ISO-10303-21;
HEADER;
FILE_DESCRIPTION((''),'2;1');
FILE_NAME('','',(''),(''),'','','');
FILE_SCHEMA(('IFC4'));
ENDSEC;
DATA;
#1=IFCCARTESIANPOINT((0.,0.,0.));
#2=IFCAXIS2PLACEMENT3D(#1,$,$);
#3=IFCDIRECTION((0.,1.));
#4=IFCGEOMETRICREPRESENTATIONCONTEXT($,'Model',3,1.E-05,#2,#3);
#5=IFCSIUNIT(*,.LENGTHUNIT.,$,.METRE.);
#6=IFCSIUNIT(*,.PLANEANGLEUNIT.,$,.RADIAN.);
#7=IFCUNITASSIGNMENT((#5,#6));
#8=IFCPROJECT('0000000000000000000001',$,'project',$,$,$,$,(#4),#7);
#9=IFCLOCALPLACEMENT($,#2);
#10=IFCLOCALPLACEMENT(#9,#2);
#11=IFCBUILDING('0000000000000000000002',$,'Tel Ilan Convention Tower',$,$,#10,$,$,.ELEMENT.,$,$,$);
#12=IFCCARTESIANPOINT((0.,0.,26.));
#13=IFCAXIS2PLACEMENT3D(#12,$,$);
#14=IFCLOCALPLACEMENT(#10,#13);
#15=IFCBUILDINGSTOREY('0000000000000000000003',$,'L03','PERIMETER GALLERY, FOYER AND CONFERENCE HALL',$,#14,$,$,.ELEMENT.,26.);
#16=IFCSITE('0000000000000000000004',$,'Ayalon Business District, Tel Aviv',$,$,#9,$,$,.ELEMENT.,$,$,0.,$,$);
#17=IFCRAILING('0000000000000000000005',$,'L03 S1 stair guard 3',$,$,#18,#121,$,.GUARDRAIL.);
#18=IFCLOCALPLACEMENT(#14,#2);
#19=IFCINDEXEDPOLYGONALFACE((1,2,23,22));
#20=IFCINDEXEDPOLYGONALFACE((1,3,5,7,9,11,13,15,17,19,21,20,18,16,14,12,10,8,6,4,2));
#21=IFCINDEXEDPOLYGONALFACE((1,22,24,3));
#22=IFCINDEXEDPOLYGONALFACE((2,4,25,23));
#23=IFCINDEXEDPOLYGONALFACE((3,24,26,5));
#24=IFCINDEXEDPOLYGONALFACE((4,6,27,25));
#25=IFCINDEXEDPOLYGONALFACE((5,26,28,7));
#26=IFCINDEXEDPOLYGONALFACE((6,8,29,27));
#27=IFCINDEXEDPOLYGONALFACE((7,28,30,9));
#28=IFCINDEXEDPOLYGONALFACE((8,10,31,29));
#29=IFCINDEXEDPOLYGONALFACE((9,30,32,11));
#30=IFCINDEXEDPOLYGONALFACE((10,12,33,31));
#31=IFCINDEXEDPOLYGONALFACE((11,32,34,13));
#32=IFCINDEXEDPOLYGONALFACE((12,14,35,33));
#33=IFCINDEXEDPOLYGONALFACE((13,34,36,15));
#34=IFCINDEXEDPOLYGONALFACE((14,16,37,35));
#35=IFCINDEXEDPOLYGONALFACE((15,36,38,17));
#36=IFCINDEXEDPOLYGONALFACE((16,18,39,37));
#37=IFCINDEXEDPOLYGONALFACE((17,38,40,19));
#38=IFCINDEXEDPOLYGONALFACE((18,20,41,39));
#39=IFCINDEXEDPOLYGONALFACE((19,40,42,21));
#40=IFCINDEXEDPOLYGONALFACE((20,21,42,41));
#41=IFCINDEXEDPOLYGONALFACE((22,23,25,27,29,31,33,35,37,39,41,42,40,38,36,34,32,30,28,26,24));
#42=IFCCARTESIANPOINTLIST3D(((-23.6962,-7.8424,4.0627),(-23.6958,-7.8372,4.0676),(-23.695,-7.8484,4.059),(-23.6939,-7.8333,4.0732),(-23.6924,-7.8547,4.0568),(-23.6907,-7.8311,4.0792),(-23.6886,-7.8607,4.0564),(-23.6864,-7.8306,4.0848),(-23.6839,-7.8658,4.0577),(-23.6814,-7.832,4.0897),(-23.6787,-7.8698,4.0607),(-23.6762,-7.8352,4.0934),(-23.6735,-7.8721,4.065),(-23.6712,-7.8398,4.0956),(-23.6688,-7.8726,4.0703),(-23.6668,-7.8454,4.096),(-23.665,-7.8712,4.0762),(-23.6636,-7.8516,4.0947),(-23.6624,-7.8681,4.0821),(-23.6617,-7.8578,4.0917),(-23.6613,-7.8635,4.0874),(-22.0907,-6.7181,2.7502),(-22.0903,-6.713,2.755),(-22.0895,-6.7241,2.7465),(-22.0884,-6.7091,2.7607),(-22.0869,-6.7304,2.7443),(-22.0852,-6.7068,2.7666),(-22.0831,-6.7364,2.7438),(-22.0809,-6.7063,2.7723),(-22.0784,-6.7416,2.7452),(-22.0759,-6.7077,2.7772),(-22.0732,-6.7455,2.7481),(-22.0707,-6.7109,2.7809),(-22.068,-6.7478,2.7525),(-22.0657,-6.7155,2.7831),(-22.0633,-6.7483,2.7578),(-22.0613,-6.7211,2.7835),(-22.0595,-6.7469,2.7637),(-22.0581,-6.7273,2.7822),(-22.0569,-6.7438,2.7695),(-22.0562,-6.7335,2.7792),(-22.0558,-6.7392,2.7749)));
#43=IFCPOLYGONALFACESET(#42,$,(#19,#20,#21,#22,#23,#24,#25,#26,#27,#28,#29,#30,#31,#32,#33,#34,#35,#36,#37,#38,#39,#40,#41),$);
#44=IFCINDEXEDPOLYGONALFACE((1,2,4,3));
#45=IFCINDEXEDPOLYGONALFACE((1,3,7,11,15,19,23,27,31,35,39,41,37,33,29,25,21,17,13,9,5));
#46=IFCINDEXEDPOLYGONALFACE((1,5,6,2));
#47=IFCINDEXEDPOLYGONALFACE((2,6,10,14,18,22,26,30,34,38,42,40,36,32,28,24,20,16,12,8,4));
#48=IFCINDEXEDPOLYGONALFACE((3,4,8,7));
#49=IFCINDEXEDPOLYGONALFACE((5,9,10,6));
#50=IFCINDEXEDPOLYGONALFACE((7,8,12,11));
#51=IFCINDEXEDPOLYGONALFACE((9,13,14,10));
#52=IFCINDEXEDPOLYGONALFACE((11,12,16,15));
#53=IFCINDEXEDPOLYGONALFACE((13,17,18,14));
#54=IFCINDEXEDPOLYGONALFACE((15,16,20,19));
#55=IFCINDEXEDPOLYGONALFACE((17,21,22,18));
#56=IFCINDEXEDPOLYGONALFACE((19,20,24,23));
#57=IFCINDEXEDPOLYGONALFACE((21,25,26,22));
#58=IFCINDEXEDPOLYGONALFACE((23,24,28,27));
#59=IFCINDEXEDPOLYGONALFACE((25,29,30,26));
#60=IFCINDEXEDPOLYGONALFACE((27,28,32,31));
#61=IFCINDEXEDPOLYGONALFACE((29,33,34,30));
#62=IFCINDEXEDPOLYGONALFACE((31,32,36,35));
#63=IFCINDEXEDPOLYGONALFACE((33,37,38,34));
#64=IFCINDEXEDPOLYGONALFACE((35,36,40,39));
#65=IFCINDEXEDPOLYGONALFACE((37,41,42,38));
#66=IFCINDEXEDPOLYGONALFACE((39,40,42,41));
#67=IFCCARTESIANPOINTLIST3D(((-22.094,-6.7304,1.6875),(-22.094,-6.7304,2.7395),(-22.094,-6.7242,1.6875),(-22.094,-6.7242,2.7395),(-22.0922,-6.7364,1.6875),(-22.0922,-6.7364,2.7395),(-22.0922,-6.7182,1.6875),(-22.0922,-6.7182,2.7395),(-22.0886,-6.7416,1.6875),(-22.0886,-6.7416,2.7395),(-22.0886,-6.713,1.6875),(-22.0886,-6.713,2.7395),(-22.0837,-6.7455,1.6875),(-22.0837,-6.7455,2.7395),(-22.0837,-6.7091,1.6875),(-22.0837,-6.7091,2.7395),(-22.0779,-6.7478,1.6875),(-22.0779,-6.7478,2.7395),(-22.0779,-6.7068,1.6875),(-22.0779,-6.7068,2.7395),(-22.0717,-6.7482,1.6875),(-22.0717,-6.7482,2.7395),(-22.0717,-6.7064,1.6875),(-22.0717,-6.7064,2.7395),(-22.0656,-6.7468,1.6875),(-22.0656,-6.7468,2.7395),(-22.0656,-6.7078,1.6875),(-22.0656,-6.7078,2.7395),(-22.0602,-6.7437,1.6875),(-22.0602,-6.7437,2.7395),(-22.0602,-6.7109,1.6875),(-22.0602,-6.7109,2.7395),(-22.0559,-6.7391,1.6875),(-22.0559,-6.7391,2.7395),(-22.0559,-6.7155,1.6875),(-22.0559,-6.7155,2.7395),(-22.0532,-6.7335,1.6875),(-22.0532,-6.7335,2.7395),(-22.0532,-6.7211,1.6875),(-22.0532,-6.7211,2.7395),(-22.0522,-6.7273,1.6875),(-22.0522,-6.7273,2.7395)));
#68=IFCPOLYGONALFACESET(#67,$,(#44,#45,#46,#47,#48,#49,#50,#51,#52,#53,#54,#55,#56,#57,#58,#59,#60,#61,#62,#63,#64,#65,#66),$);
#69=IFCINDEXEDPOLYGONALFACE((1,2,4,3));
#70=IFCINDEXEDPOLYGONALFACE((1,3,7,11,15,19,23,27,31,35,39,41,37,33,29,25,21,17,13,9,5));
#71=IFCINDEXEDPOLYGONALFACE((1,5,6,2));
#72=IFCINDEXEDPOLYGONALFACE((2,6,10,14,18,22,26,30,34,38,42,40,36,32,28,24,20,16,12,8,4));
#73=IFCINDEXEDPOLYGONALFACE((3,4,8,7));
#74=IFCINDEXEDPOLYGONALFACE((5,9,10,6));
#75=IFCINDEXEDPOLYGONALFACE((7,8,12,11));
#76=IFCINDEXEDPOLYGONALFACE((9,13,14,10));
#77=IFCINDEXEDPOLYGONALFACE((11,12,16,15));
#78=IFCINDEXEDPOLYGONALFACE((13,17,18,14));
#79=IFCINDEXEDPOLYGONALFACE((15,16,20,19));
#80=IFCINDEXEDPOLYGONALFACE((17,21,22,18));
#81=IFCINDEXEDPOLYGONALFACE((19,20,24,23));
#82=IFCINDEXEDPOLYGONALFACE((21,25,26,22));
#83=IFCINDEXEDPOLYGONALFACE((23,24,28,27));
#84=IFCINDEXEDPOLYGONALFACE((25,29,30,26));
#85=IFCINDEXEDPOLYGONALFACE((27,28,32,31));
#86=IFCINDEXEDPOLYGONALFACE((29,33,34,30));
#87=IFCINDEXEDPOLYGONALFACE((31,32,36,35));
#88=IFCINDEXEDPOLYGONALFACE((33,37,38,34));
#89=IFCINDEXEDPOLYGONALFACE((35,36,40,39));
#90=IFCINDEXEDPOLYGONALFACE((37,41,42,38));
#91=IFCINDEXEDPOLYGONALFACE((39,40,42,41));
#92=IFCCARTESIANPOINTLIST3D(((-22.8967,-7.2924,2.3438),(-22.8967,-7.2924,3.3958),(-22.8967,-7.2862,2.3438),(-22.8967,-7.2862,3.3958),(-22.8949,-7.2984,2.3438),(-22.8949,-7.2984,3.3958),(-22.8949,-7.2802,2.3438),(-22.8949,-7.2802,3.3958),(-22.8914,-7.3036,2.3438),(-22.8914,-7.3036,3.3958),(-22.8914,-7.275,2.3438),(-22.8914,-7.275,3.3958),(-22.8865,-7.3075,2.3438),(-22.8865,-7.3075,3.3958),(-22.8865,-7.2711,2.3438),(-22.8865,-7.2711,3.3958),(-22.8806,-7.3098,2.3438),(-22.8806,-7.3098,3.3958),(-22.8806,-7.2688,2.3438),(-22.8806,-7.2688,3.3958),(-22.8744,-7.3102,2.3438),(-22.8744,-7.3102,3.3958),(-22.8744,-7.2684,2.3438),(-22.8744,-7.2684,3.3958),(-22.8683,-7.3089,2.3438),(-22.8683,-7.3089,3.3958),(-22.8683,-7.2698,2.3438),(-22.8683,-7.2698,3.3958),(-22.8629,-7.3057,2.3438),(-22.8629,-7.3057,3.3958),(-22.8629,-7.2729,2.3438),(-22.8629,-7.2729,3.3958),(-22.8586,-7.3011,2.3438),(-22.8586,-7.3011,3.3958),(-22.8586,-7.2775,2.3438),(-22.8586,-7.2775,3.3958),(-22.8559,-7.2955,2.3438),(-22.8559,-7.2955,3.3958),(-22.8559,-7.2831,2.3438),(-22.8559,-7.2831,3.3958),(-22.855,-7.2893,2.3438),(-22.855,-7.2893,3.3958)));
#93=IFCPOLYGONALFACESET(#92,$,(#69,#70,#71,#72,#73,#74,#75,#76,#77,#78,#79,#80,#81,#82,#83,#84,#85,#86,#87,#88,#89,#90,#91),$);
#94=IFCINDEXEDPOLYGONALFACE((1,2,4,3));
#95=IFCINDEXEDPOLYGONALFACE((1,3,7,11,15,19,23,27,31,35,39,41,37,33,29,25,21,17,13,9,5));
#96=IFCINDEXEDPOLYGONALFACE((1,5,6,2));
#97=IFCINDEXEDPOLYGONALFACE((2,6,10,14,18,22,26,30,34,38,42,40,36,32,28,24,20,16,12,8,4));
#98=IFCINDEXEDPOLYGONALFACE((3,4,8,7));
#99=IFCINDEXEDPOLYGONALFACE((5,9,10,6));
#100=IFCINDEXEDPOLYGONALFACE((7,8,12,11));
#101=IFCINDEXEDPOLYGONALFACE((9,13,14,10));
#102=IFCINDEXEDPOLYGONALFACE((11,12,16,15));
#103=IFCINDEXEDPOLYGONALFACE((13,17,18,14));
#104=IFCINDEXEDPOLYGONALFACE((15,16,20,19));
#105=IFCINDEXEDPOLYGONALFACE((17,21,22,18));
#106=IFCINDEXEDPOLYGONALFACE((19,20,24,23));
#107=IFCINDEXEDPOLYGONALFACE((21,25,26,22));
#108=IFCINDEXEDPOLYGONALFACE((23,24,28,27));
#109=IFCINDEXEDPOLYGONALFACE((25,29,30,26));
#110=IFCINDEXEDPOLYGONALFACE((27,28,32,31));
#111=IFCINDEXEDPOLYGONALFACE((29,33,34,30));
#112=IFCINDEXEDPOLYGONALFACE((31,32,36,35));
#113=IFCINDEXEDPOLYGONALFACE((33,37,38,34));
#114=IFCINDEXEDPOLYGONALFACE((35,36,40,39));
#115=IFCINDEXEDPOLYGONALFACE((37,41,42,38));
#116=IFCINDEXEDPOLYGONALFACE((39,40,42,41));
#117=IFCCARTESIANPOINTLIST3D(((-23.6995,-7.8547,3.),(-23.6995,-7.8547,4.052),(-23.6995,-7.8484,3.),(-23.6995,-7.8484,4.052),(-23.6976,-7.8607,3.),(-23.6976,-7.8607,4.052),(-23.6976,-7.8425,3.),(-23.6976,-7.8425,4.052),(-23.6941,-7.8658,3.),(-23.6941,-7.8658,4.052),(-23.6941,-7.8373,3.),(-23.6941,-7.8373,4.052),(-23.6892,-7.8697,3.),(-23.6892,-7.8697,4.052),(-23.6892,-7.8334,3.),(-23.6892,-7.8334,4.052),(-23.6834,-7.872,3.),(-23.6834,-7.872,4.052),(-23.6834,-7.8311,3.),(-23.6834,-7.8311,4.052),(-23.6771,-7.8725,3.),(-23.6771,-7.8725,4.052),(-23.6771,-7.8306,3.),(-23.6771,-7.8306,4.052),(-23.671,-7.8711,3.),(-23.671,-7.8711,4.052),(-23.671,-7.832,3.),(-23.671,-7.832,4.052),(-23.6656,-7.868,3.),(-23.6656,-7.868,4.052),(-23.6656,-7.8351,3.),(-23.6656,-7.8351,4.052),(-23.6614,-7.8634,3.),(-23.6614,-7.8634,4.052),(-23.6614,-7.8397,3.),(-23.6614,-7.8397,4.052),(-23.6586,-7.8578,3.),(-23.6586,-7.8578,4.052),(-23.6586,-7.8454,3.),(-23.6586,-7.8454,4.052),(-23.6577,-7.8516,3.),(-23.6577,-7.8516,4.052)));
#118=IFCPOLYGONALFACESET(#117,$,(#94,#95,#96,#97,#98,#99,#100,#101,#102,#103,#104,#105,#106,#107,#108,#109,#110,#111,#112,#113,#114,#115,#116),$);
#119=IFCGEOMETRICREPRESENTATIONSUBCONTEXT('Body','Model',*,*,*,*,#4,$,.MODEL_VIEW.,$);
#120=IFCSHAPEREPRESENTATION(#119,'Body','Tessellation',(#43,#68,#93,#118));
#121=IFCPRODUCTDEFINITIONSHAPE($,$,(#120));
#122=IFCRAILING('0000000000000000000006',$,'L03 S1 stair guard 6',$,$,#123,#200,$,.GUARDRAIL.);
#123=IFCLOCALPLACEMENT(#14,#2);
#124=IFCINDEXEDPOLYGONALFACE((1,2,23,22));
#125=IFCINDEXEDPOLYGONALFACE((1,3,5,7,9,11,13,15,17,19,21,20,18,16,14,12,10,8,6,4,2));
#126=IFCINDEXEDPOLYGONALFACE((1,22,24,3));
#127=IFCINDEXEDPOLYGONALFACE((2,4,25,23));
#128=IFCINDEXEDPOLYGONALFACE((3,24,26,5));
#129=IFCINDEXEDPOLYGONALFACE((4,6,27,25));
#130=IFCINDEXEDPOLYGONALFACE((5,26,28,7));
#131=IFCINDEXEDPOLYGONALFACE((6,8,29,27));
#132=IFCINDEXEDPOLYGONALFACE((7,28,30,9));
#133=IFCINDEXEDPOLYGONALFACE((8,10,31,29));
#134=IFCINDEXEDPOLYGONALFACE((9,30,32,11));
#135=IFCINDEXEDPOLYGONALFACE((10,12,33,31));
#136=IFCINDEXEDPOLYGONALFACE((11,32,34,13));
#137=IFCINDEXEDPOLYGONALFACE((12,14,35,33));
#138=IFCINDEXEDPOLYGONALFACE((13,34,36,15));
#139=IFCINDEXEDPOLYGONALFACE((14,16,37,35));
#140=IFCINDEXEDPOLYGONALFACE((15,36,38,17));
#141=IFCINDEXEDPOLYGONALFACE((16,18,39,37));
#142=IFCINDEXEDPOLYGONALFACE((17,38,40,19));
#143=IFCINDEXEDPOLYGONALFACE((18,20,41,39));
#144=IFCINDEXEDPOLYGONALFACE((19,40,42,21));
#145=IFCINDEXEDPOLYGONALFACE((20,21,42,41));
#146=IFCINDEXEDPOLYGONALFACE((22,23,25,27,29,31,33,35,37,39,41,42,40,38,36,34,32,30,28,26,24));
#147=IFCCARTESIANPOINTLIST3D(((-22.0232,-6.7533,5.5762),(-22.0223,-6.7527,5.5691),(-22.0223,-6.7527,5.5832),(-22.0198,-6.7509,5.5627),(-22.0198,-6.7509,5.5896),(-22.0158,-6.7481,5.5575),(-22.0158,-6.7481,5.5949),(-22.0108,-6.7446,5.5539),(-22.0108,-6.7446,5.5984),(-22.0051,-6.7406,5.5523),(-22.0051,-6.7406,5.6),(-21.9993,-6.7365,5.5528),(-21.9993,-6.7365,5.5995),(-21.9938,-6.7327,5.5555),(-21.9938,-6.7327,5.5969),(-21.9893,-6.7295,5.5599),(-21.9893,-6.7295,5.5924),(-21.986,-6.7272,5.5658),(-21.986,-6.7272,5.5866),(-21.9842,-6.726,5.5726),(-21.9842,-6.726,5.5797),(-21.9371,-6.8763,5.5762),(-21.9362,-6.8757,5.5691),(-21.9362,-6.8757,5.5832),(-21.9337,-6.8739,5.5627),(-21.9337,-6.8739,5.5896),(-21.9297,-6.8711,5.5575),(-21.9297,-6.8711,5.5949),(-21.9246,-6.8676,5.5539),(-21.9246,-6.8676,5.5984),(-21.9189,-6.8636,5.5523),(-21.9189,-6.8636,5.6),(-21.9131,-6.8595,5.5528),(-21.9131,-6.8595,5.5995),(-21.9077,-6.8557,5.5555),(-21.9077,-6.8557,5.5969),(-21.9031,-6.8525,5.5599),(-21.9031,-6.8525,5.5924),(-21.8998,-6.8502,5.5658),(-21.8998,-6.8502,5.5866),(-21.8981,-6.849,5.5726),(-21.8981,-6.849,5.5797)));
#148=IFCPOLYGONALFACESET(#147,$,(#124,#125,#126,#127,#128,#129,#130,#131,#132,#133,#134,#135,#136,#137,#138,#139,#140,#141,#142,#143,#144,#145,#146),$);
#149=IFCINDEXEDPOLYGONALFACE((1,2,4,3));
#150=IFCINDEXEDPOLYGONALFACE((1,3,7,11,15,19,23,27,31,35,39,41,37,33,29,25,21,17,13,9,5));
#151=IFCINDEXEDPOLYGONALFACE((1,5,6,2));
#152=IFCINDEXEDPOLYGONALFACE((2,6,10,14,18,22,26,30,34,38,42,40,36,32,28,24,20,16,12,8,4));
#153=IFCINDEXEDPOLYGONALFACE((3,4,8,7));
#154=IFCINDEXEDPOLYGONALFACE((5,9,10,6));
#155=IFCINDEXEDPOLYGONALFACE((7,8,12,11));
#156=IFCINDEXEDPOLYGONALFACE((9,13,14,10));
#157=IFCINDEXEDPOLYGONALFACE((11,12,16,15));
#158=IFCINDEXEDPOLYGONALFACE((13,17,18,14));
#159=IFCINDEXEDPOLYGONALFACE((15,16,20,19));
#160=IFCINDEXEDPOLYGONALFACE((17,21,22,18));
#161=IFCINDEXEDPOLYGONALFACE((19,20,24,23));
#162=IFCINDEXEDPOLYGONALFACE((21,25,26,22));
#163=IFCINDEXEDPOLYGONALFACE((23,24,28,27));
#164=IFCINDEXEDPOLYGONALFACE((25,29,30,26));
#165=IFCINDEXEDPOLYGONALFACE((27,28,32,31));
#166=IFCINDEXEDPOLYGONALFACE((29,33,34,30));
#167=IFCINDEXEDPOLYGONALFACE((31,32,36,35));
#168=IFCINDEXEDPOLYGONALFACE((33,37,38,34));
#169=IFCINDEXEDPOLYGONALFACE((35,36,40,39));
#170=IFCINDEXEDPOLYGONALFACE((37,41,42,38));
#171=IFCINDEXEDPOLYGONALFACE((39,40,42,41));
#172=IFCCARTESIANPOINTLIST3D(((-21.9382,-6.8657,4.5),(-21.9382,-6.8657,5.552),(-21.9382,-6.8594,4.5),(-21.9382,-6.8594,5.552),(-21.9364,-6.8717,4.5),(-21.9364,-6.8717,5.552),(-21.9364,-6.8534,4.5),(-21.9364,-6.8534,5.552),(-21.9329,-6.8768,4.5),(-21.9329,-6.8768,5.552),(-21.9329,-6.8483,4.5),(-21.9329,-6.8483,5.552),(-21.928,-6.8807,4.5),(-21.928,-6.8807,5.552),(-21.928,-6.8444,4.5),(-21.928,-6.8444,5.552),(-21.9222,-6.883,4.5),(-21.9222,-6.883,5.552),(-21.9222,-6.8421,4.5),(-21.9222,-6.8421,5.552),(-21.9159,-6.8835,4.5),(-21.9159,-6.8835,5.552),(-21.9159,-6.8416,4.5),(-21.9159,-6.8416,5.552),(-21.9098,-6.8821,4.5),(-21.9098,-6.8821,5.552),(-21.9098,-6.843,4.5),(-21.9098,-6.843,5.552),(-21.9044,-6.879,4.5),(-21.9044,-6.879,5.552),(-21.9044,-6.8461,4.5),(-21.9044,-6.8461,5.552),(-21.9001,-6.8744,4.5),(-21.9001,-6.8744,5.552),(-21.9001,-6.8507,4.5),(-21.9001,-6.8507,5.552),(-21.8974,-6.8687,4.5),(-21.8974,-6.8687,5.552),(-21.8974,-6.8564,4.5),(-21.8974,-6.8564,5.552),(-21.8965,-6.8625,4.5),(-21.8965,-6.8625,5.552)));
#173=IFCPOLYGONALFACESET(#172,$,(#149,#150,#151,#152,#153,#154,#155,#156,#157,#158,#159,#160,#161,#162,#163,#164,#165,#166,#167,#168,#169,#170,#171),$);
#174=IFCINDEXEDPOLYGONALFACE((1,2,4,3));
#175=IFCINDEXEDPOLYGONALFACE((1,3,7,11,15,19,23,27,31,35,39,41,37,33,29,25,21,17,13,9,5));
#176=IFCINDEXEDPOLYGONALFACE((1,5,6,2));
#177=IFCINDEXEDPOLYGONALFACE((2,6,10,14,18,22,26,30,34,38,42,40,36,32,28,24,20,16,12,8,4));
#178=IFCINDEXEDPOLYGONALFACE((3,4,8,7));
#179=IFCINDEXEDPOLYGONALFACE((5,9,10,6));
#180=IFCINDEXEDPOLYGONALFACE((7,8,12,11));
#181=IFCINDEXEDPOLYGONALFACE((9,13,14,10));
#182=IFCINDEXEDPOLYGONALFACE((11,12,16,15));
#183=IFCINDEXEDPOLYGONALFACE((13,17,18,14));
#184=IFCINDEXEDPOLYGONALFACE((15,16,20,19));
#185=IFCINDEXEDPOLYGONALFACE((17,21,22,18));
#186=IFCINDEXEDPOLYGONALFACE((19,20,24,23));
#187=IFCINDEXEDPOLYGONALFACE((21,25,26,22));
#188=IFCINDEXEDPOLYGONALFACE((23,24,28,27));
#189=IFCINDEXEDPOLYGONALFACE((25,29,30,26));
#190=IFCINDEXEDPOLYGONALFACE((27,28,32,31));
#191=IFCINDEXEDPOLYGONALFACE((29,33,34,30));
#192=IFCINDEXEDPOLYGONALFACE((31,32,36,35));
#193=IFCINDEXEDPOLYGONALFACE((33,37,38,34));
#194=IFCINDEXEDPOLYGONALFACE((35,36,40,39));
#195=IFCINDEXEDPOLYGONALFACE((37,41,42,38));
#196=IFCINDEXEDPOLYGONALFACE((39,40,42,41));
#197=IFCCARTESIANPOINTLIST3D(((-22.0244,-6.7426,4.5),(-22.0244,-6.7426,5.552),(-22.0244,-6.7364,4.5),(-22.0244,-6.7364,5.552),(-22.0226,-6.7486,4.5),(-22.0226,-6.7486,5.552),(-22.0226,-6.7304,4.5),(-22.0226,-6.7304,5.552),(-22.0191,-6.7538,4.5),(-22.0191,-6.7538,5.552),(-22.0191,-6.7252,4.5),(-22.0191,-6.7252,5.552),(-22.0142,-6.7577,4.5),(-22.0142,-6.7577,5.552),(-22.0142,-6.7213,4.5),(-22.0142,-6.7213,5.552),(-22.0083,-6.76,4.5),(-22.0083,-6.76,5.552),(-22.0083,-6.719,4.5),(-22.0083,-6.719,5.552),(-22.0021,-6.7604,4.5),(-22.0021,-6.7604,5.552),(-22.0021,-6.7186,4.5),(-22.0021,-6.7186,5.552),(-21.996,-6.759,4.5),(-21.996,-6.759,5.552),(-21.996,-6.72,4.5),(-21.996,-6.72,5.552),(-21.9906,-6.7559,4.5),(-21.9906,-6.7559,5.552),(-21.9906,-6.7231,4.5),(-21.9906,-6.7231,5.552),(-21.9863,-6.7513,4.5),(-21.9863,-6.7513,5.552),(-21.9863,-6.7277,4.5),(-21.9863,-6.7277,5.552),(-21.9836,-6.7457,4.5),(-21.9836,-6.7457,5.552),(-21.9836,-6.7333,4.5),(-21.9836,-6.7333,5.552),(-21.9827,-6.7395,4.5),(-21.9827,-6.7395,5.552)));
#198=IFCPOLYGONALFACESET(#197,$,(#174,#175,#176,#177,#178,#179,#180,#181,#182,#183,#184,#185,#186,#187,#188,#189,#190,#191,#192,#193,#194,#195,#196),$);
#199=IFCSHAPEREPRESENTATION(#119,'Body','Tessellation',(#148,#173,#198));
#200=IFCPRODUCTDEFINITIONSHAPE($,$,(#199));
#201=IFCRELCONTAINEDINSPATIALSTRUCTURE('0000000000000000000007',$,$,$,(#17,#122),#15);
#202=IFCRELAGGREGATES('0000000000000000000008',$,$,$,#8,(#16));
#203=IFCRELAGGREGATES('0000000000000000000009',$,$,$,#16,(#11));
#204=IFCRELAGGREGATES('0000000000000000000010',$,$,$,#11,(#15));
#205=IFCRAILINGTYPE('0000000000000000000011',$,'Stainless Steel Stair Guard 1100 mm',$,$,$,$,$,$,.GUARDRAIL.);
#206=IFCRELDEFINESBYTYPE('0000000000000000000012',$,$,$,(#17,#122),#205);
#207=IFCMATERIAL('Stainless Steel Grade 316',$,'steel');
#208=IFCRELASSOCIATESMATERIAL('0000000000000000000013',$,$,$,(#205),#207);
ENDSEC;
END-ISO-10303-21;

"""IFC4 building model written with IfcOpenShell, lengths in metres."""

from ifc_helpers import new_model, si_unit, direction, frame, origin, origin_2d, place, context, subcontext, project, spatial, circle, extrude, material, type_object, element, save


model = new_model("IFC4")

# Units and contexts
model_context = context("Model", 3, precision=1e-05, world=origin(), true_north=direction((0.0, 1.0)))
body_context = subcontext(model_context, "Body", "Model", "MODEL_VIEW")
ifc_project = project(units=[si_unit("LENGTHUNIT", "METRE"), si_unit("PLANEANGLEUNIT", "RADIAN")], contexts=[model_context])

# Site, building, storey
site_placement = place(None, origin())
site = spatial("IfcSite", under=ifc_project, at=site_placement, Name="Ayalon Business District, Tel Aviv", CompositionType="ELEMENT", RefElevation=0.0)
building_placement = place(site_placement, origin())
building = spatial("IfcBuilding", under=site, at=building_placement, Name="Tel Ilan Convention Tower", CompositionType="ELEMENT")
storey_placement = place(building_placement, frame((0.0, 0.0, 26.0)))
storey = spatial("IfcBuildingStorey", under=building, at=storey_placement, Name="L03", Description="PERIMETER GALLERY, FOYER AND CONFERENCE HALL", CompositionType="ELEMENT", Elevation=26.0)

# Railings
ifc_material_1 = material(Name="Stainless Steel Grade 316", Category="steel")
railing_type_1 = type_object("IfcRailingType", Name="Stainless Steel Stair Guard 1100 mm", PredefinedType="GUARDRAIL", material=ifc_material_1)
railing_1_placement = place(storey_placement, frame((-22.0732, -6.7273, 1.6875)))
element("IfcRailing", 1, at=railing_1_placement, inside=storey, type_object=railing_type_1, Name="L03 S1 stair guard 3", PredefinedType="GUARDRAIL", context=body_context, shape_type="SweptSolid", body=[
    extrude(circle(Radius=0.0239, at=origin_2d()), frame((0.0, 0.0, 1.0762), z_axis=(-0.680616, -0.476617, 0.556416), x_axis=(0.573613, -0.819127, 0.0)), (0.0, 0.0, 1.0), 2.3589),
    extrude(circle(Radius=0.021, at=origin_2d()), origin(), (0.0, 0.0, 1.0), 1.052),
    extrude(circle(Radius=0.021, at=origin_2d()), frame((-0.8027, -0.562, 0.6562)), (0.0, 0.0, 1.0), 1.052),
    extrude(circle(Radius=0.021, at=origin_2d()), frame((-1.6055, -1.1243, 1.3125)), (0.0, 0.0, 1.0), 1.052),
])
railing_2_placement = place(storey_placement, frame((-21.9175, -6.8625, 4.5)))
element("IfcRailing", 2, at=railing_2_placement, inside=storey, type_object=railing_type_1, Name="L03 S1 stair guard 6", PredefinedType="GUARDRAIL", context=body_context, shape_type="SweptSolid", body=[
    extrude(circle(Radius=0.0239, at=origin_2d()), frame((0.0, 0.0, 1.0762), z_axis=(-0.57368, 0.819079, 0.0), x_axis=(-0.819079, -0.57368, 0.0)), (0.0, 0.0, 1.0), 0.1501),
    extrude(circle(Radius=0.021, at=origin_2d()), origin(), (0.0, 0.0, 1.0), 1.052),
    extrude(circle(Radius=0.021, at=origin_2d()), frame((-0.0862, 0.123, 0.0)), (0.0, 0.0, 1.0), 1.052),
])

save(model, "model.ifc")
